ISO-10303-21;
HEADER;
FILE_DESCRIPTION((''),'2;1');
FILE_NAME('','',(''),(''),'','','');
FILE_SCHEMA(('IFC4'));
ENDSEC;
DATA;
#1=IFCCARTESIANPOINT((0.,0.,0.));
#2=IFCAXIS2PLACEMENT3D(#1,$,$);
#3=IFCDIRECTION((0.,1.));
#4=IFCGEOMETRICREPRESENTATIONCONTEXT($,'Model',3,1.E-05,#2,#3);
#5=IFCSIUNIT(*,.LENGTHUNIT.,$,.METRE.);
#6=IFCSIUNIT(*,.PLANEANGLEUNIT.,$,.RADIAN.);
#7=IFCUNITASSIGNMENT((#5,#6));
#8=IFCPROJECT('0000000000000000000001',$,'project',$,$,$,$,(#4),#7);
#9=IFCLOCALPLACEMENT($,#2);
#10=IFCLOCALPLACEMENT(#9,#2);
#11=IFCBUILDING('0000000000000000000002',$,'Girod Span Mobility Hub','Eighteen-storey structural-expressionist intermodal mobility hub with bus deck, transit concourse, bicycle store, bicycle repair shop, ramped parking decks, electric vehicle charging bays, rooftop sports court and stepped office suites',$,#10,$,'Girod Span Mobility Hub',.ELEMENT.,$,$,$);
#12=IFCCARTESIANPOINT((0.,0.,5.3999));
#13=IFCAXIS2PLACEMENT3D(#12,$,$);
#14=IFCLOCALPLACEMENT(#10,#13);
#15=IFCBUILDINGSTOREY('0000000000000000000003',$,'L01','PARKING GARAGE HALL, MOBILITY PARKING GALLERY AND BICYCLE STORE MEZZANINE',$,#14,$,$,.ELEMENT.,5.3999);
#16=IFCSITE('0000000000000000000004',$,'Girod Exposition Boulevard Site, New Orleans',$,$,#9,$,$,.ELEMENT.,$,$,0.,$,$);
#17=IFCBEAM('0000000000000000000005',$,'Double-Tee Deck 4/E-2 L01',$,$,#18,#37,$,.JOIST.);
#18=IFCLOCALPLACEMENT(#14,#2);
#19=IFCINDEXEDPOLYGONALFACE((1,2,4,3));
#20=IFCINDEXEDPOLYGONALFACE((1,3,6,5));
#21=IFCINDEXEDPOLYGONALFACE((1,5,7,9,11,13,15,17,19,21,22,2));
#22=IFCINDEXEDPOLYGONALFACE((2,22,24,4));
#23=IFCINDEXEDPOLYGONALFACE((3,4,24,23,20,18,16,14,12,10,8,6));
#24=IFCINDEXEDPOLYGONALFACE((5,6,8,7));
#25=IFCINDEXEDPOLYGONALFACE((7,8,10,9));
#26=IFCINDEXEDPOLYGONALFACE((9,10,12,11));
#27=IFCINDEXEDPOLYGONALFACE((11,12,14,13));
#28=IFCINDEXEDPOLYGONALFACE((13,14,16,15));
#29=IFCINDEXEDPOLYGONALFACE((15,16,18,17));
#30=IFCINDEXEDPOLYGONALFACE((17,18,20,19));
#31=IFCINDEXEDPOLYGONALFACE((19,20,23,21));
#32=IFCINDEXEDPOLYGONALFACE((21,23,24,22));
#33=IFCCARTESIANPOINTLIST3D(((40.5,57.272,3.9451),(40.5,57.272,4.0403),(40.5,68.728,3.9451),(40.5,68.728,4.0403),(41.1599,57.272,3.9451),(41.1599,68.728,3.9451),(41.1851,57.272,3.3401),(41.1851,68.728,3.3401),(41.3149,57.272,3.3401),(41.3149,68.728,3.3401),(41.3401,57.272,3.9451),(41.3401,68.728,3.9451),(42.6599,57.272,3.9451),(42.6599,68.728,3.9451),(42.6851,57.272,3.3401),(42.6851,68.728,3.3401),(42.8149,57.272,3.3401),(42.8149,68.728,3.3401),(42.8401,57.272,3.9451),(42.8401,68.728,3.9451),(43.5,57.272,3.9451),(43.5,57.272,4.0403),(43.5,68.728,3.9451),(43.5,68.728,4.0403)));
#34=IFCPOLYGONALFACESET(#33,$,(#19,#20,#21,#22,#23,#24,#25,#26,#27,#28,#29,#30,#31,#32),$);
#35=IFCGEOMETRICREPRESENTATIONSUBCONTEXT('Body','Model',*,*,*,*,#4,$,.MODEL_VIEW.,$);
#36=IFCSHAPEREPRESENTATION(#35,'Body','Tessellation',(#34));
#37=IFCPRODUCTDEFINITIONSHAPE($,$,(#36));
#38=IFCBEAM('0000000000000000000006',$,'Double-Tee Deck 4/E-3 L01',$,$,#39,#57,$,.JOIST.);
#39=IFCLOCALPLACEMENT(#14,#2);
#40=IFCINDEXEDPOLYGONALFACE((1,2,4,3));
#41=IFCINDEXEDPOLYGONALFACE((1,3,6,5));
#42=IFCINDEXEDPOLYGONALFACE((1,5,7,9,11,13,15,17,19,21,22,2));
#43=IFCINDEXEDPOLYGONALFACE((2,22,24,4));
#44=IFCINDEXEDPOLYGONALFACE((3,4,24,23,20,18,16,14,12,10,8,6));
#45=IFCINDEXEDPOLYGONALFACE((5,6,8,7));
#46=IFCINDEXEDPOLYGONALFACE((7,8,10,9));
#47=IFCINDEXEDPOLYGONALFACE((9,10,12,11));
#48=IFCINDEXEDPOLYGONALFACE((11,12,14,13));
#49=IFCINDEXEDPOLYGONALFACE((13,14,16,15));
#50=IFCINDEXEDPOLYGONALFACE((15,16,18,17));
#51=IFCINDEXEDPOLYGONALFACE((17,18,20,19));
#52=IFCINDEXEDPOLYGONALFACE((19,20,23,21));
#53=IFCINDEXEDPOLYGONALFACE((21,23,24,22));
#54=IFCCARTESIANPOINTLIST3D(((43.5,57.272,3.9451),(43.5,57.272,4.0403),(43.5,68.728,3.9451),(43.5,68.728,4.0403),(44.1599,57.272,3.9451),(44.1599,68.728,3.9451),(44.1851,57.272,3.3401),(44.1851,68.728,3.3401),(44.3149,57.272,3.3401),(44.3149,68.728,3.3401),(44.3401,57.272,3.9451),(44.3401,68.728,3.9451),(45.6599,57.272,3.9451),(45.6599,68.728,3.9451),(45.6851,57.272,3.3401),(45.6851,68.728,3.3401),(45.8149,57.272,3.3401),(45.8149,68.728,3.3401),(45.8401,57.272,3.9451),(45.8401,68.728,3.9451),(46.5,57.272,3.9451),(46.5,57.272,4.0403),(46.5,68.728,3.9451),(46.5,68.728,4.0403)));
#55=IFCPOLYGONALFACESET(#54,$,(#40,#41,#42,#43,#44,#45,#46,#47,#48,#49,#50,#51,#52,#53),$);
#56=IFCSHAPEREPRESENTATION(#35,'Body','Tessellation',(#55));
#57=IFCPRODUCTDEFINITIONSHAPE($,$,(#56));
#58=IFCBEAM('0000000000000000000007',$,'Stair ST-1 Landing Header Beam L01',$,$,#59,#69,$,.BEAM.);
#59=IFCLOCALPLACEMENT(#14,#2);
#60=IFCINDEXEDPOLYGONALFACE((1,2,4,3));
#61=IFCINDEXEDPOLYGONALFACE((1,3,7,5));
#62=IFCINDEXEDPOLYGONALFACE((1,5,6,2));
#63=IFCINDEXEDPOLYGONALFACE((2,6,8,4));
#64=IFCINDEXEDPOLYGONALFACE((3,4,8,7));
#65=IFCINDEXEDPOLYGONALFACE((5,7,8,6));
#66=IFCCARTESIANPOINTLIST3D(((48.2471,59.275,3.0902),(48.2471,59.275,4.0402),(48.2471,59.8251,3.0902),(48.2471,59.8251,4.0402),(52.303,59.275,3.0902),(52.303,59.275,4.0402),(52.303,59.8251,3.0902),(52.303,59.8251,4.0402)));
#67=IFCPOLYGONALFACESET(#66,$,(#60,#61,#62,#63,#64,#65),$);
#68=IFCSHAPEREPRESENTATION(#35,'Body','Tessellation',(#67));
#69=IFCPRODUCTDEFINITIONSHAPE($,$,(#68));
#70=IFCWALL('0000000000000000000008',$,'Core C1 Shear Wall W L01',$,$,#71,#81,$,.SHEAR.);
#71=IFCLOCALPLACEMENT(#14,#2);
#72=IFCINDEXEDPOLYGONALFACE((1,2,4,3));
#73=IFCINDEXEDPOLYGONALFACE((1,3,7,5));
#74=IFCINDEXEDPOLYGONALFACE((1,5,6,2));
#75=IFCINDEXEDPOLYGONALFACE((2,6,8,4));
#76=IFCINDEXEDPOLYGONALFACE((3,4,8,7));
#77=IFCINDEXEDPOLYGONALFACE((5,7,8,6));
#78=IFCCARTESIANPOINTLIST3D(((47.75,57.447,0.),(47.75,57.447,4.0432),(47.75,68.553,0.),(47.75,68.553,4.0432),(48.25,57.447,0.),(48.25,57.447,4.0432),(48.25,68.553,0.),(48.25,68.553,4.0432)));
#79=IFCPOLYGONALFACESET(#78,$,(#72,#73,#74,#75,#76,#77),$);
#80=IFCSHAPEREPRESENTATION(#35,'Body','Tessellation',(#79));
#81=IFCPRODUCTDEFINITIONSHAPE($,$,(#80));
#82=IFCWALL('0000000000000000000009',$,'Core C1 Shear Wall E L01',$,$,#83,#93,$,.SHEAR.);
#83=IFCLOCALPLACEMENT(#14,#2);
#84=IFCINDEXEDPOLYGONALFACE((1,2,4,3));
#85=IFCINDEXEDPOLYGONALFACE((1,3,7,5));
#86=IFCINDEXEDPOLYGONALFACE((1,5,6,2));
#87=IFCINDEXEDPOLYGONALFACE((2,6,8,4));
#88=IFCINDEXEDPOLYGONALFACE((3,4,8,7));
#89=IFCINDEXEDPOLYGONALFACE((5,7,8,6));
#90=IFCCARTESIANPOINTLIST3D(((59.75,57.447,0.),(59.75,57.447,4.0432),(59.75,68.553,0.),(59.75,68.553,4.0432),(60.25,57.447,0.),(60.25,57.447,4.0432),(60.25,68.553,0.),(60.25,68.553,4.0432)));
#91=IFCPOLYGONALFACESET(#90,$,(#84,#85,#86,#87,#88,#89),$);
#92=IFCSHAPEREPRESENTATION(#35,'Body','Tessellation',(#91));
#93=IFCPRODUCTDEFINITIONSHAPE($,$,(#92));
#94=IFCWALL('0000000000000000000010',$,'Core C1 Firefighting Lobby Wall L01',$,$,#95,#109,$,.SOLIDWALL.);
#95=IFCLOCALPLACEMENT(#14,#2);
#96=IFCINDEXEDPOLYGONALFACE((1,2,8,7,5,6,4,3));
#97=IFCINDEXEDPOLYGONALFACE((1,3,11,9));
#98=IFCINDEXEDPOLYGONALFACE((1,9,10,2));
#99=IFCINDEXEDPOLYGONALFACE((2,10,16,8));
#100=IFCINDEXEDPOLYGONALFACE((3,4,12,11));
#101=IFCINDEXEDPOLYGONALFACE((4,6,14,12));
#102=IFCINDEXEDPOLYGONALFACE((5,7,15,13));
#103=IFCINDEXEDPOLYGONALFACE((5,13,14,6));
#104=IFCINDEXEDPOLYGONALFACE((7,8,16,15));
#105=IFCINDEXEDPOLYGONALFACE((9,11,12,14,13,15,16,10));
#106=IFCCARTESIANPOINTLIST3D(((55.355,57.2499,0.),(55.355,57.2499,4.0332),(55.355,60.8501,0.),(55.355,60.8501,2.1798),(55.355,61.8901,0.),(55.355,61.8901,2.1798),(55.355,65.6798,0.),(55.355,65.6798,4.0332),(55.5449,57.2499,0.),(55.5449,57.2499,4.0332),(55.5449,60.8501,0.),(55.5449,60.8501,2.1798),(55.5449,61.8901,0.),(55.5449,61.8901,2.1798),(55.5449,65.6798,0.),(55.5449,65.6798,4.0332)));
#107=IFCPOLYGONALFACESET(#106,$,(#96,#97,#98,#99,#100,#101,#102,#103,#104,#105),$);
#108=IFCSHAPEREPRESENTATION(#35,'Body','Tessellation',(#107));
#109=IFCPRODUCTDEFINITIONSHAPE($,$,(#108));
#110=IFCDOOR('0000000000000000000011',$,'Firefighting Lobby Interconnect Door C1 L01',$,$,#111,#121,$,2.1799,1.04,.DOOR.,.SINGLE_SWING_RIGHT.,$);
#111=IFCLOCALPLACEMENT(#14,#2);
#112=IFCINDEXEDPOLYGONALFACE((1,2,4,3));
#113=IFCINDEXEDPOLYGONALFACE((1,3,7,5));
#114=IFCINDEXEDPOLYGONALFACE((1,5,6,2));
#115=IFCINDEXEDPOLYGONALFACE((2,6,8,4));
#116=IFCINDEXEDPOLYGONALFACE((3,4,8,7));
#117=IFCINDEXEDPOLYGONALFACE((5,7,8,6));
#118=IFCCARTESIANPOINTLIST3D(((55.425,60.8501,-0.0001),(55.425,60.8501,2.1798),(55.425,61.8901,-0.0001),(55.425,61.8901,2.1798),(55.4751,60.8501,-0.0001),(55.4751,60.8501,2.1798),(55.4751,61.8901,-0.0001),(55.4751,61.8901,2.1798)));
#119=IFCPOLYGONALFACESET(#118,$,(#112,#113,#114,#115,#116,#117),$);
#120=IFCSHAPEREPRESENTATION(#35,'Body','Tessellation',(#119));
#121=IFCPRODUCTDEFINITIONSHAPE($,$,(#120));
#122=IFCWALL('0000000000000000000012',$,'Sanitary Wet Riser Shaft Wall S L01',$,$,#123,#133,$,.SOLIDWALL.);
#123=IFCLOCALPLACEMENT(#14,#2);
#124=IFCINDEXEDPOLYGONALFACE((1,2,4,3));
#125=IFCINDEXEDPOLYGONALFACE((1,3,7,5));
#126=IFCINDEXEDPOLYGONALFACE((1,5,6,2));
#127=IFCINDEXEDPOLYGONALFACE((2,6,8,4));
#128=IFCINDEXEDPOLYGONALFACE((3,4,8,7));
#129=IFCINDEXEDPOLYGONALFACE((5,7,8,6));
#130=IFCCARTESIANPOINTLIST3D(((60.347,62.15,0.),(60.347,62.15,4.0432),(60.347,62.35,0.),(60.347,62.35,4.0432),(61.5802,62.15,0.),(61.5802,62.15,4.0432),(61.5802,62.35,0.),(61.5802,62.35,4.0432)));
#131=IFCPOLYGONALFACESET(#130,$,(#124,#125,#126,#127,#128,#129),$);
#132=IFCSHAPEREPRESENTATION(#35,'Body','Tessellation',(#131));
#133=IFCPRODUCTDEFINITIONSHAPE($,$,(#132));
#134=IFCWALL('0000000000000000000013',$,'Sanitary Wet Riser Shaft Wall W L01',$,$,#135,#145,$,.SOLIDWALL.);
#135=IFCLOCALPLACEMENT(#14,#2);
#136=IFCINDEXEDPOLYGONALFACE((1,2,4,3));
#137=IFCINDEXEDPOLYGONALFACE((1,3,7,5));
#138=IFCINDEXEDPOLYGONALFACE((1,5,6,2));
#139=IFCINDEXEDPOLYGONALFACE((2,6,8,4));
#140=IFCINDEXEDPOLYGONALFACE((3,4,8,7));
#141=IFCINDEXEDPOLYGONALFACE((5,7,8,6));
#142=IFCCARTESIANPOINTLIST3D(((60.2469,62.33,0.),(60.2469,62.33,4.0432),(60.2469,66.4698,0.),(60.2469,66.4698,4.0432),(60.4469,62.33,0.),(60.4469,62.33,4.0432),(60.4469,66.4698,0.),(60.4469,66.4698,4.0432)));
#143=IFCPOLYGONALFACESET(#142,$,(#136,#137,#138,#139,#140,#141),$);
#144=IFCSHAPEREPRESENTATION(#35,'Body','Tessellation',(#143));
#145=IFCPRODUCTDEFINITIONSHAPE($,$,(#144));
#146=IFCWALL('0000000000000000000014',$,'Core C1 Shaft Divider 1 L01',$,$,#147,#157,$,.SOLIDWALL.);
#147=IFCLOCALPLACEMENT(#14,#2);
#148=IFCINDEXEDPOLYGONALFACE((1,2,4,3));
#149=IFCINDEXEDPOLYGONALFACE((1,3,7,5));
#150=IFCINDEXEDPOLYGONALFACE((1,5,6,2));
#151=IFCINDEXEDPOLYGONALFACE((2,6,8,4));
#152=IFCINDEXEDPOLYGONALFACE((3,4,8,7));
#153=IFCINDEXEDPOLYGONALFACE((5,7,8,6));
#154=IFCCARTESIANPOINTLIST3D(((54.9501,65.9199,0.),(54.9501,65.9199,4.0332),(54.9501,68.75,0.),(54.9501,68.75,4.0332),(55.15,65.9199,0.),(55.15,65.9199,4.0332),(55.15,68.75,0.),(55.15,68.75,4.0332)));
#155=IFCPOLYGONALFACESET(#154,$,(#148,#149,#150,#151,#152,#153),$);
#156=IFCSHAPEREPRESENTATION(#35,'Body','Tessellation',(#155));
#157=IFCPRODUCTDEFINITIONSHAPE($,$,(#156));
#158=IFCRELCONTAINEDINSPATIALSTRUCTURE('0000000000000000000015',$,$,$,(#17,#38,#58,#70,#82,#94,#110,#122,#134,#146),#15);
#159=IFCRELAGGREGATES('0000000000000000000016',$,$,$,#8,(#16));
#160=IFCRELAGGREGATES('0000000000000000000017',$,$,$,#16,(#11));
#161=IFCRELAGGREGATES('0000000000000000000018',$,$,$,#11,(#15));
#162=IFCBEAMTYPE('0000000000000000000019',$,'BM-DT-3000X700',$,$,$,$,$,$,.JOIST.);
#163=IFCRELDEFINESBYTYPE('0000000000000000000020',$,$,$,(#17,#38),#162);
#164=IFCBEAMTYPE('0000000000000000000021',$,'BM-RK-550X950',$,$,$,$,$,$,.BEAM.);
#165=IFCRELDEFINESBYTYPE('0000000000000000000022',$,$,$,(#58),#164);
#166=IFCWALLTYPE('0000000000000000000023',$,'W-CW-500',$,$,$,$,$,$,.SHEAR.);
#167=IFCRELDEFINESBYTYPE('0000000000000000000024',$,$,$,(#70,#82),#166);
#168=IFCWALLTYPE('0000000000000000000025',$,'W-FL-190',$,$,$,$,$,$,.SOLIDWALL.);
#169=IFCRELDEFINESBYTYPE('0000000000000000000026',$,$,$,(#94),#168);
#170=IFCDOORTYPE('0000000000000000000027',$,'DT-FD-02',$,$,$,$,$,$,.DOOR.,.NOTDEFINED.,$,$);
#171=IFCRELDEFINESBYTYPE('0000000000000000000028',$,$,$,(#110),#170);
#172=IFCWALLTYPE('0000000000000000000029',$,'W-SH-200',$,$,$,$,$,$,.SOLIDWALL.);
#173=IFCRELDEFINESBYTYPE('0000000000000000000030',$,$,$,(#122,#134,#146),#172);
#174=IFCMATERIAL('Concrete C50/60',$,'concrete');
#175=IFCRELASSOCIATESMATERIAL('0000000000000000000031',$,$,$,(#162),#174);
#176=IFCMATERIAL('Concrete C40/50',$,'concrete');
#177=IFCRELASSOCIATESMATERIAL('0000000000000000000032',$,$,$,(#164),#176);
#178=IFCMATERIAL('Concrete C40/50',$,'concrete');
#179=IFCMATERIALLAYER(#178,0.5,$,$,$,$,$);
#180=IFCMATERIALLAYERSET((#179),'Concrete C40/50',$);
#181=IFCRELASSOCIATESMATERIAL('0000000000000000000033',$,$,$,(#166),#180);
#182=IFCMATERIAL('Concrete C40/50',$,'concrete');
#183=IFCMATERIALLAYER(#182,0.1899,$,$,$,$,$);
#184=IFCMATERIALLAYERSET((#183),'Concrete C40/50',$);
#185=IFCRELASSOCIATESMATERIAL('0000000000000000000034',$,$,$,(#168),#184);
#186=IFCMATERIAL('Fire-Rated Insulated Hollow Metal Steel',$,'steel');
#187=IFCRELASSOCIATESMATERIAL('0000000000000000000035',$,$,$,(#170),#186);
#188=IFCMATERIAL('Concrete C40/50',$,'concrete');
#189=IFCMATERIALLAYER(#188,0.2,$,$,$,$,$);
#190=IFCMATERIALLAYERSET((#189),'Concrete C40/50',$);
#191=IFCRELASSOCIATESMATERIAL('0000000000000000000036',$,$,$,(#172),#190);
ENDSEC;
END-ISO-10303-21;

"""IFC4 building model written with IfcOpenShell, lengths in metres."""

from ifc_helpers import new_model, si_unit, direction, frame, frame_2d, origin, origin_2d, place, context, subcontext, project, spatial, polyline, rectangle, outline, extrude, material, layer, layer_set, material_profile, profile_set, type_object, element, fill, save


model = new_model("IFC4")

# Units and contexts
model_context = context("Model", 3, precision=1e-05, world=origin(), true_north=direction((0.0, 1.0)))
body_context = subcontext(model_context, "Body", "Model", "MODEL_VIEW")
ifc_project = project(units=[si_unit("LENGTHUNIT", "METRE"), si_unit("PLANEANGLEUNIT", "RADIAN")], contexts=[model_context])

# Site, building, storey
site_placement = place(None, origin())
site = spatial("IfcSite", under=ifc_project, at=site_placement, Name="Girod Exposition Boulevard Site, New Orleans", CompositionType="ELEMENT", RefElevation=0.0)
building_placement = place(site_placement, origin())
building = spatial("IfcBuilding", under=site, at=building_placement, Name="Girod Span Mobility Hub", Description="Eighteen-storey structural-expressionist intermodal mobility hub with bus deck, transit concourse, bicycle store, bicycle repair shop, ramped parking decks, electric vehicle charging bays, rooftop sports court and stepped office suites", LongName="Girod Span Mobility Hub", CompositionType="ELEMENT")
storey_placement = place(building_placement, frame((0.0, 0.0, 5.3999)))
storey = spatial("IfcBuildingStorey", under=building, at=storey_placement, Name="L01", Description="PARKING GARAGE HALL, MOBILITY PARKING GALLERY AND BICYCLE STORE MEZZANINE", CompositionType="ELEMENT", Elevation=5.3999)

# Beams
ifc_material_1 = material(Name="Concrete C50/60", Category="concrete")
ifc_material_profile_1 = material_profile(ifc_material_1, outline(polyline([(-1.5, 0.3501), (-1.5, 0.2549), (-0.8401, 0.2549), (-0.8149, -0.3501), (-0.6851, -0.3501), (-0.6599, 0.2549), (0.6599, 0.2549), (0.6851, -0.3501), (0.8149, -0.3501), (0.8401, 0.2549), (1.5, 0.2549), (1.5, 0.3501), (-1.5, 0.3501)])), Name="DT-3000X700")
ifc_profile_set_1 = profile_set([ifc_material_profile_1], Name="Concrete C50/60")
beam_type_1 = type_object("IfcBeamType", Name="BM-DT-3000X700", PredefinedType="JOIST", material=ifc_profile_set_1)
for number, where, z_axis, x_axis, name in (
    (1, (42.0, 57.272, 3.6902), (0.0, 1.0, 0.0), (-1.0, 0.0, 0.0), "Double-Tee Deck 4/E-2 L01"),
    (2, (45.0, 57.272, 3.6902), (0.0, 1.0, 0.0), (-1.0, 0.0, 0.0), "Double-Tee Deck 4/E-3 L01"),
):
    element("IfcBeam", number, at=place(storey_placement, frame(where, z_axis=z_axis, x_axis=x_axis)), inside=storey, type_object=beam_type_1, Name=name, PredefinedType="JOIST", context=body_context, shape_type="SweptSolid", body=[
        extrude(outline(polyline([(-1.5, 0.3501), (-1.5, 0.2549), (-0.8401, 0.2549), (-0.8149, -0.3501), (-0.6851, -0.3501), (-0.6599, 0.2549), (0.6599, 0.2549), (0.6851, -0.3501), (0.8149, -0.3501), (0.8401, 0.2549), (1.5, 0.2549), (1.5, 0.3501), (-1.5, 0.3501)])), origin(), (0.0, 0.0, 1.0), 11.4561),
    ])
ifc_material_2 = material(Name="Concrete C40/50", Category="concrete")
ifc_material_profile_2 = material_profile(ifc_material_2, rectangle(XDim=0.55, YDim=0.95, at=origin_2d()), Name="RK-550X950")
ifc_profile_set_2 = profile_set([ifc_material_profile_2], Name="Concrete C40/50")
beam_type_2 = type_object("IfcBeamType", Name="BM-RK-550X950", PredefinedType="BEAM", material=ifc_profile_set_2)
beam_placement = place(storey_placement, frame((48.2471, 59.55, 3.5652), z_axis=(1.0, 0.0, 0.0), x_axis=(0.0, 1.0, 0.0)))
element("IfcBeam", 3, at=beam_placement, inside=storey, type_object=beam_type_2, Name="Stair ST-1 Landing Header Beam L01", PredefinedType="BEAM", context=body_context, shape_type="SweptSolid", body=[
    extrude(rectangle(XDim=0.55, YDim=0.95, at=origin_2d()), origin(), (0.0, 0.0, 1.0), 4.0559),
])

# Walls
ifc_material_3 = material(Name="Concrete C40/50", Category="concrete")
ifc_layer_1 = layer(ifc_material_3, 0.5)
ifc_layer_set_1 = layer_set([ifc_layer_1], Name="Concrete C40/50")
wall_type_1 = type_object("IfcWallType", Name="W-CW-500", PredefinedType="SHEAR", material=ifc_layer_set_1)
for number, where, z_axis, x_axis, name in (
    (4, (48.0, 57.447, 0.0), (0.0, 0.0, 1.0), (0.0, 1.0, 0.0), "Core C1 Shear Wall W L01"),
    (5, (60.0, 57.447, 0.0), (0.0, 0.0, 1.0), (0.0, 1.0, 0.0), "Core C1 Shear Wall E L01"),
):
    element("IfcWall", number, at=place(storey_placement, frame(where, z_axis=z_axis, x_axis=x_axis)), inside=storey, type_object=wall_type_1, Name=name, PredefinedType="SHEAR", context=body_context, shape_type="SweptSolid", body=[
        extrude(rectangle(XDim=11.106, YDim=0.5, at=frame_2d((5.553, 0.0))), origin(), (0.0, 0.0, 1.0), 4.0432),
    ])

# Wall, opening, door
ifc_material_4 = material(Name="Concrete C40/50", Category="concrete")
ifc_layer_2 = layer(ifc_material_4, 0.1899)
ifc_layer_set_2 = layer_set([ifc_layer_2], Name="Concrete C40/50")
wall_type_2 = type_object("IfcWallType", Name="W-FL-190", PredefinedType="SOLIDWALL", material=ifc_layer_set_2)
wall_1_placement = place(storey_placement, frame((55.45, 57.25, 0.0), z_axis=(0.0, 0.0, 1.0), x_axis=(0.0, 1.0, 0.0)))
wall_1 = element("IfcWall", 6, at=wall_1_placement, inside=storey, type_object=wall_type_2, Name="Core C1 Firefighting Lobby Wall L01", PredefinedType="SOLIDWALL", context=body_context, shape_type="SweptSolid", body=[
    extrude(rectangle(XDim=8.4299, YDim=0.1899, at=frame_2d((4.2148, 0.0))), origin(), (0.0, 0.0, 1.0), 4.0332),
])
opening_1_placement = place(wall_1_placement, frame((3.6001, 0.0, 0.0)))
opening_1 = element("IfcOpeningElement", 7, at=opening_1_placement, cuts=wall_1, PredefinedType="OPENING", context=body_context, shape_type="SweptSolid", body=[
    extrude(rectangle(XDim=1.04, YDim=2.1799, at=frame_2d((0.52, 1.0898))), frame((0.0, 0.1099, 0.0), z_axis=(0.0, -1.0, 0.0), x_axis=(1.0, 0.0, 0.0)), (0.0, 0.0, 1.0), 0.22),
])
ifc_material_5 = material(Name="Fire-Rated Insulated Hollow Metal Steel", Category="steel")
door_type_1 = type_object("IfcDoorType", Name="DT-FD-02", OperationType="NOTDEFINED", PredefinedType="DOOR", material=ifc_material_5)
door_1_placement = place(opening_1_placement, origin())
door_1 = element("IfcDoor", 8, at=door_1_placement, inside=storey, type_object=door_type_1, Name="Firefighting Lobby Interconnect Door C1 L01", OperationType="SINGLE_SWING_RIGHT", OverallHeight=2.1799, OverallWidth=1.04, PredefinedType="DOOR", context=body_context, shape_type="SweptSolid", body=[
    extrude(rectangle(XDim=1.04, YDim=2.1799, at=frame_2d((0.52, 1.0898))), frame((0.0, 0.0249, 0.0), z_axis=(0.0, -1.0, 0.0), x_axis=(1.0, 0.0, 0.0)), (0.0, 0.0, 1.0), 0.05),
])
fill(opening_1, door_1)

# Walls
ifc_material_6 = material(Name="Concrete C40/50", Category="concrete")
ifc_layer_3 = layer(ifc_material_6, 0.2)
ifc_layer_set_3 = layer_set([ifc_layer_3], Name="Concrete C40/50")
wall_type_3 = type_object("IfcWallType", Name="W-SH-200", PredefinedType="SOLIDWALL", material=ifc_layer_set_3)
wall_2_placement = place(storey_placement, frame((60.3469, 62.25, 0.0), z_axis=(0.0, 0.0, 1.0), x_axis=(1.0, 0.0, 0.0)))
element("IfcWall", 9, at=wall_2_placement, inside=storey, type_object=wall_type_3, Name="Sanitary Wet Riser Shaft Wall S L01", PredefinedType="SOLIDWALL", context=body_context, shape_type="SweptSolid", body=[
    extrude(rectangle(XDim=1.2332, YDim=0.2, at=frame_2d((0.6167, 0.0))), origin(), (0.0, 0.0, 1.0), 4.0432),
])
wall_3_placement = place(storey_placement, frame((60.3469, 62.3301, 0.0), z_axis=(0.0, 0.0, 1.0), x_axis=(0.0, 1.0, 0.0)))
element("IfcWall", 10, at=wall_3_placement, inside=storey, type_object=wall_type_3, Name="Sanitary Wet Riser Shaft Wall W L01", PredefinedType="SOLIDWALL", context=body_context, shape_type="SweptSolid", body=[
    extrude(rectangle(XDim=4.1399, YDim=0.2, at=frame_2d((2.0698, 0.0))), origin(), (0.0, 0.0, 1.0), 4.0432),
])
wall_4_placement = place(storey_placement, frame((55.05, 65.9199, 0.0), z_axis=(0.0, 0.0, 1.0), x_axis=(0.0, 1.0, 0.0)))
element("IfcWall", 11, at=wall_4_placement, inside=storey, type_object=wall_type_3, Name="Core C1 Shaft Divider 1 L01", PredefinedType="SOLIDWALL", context=body_context, shape_type="SweptSolid", body=[
    extrude(rectangle(XDim=2.8301, YDim=0.2, at=frame_2d((1.415, 0.0))), origin(), (0.0, 0.0, 1.0), 4.0332),
])

save(model, "model.ifc")
